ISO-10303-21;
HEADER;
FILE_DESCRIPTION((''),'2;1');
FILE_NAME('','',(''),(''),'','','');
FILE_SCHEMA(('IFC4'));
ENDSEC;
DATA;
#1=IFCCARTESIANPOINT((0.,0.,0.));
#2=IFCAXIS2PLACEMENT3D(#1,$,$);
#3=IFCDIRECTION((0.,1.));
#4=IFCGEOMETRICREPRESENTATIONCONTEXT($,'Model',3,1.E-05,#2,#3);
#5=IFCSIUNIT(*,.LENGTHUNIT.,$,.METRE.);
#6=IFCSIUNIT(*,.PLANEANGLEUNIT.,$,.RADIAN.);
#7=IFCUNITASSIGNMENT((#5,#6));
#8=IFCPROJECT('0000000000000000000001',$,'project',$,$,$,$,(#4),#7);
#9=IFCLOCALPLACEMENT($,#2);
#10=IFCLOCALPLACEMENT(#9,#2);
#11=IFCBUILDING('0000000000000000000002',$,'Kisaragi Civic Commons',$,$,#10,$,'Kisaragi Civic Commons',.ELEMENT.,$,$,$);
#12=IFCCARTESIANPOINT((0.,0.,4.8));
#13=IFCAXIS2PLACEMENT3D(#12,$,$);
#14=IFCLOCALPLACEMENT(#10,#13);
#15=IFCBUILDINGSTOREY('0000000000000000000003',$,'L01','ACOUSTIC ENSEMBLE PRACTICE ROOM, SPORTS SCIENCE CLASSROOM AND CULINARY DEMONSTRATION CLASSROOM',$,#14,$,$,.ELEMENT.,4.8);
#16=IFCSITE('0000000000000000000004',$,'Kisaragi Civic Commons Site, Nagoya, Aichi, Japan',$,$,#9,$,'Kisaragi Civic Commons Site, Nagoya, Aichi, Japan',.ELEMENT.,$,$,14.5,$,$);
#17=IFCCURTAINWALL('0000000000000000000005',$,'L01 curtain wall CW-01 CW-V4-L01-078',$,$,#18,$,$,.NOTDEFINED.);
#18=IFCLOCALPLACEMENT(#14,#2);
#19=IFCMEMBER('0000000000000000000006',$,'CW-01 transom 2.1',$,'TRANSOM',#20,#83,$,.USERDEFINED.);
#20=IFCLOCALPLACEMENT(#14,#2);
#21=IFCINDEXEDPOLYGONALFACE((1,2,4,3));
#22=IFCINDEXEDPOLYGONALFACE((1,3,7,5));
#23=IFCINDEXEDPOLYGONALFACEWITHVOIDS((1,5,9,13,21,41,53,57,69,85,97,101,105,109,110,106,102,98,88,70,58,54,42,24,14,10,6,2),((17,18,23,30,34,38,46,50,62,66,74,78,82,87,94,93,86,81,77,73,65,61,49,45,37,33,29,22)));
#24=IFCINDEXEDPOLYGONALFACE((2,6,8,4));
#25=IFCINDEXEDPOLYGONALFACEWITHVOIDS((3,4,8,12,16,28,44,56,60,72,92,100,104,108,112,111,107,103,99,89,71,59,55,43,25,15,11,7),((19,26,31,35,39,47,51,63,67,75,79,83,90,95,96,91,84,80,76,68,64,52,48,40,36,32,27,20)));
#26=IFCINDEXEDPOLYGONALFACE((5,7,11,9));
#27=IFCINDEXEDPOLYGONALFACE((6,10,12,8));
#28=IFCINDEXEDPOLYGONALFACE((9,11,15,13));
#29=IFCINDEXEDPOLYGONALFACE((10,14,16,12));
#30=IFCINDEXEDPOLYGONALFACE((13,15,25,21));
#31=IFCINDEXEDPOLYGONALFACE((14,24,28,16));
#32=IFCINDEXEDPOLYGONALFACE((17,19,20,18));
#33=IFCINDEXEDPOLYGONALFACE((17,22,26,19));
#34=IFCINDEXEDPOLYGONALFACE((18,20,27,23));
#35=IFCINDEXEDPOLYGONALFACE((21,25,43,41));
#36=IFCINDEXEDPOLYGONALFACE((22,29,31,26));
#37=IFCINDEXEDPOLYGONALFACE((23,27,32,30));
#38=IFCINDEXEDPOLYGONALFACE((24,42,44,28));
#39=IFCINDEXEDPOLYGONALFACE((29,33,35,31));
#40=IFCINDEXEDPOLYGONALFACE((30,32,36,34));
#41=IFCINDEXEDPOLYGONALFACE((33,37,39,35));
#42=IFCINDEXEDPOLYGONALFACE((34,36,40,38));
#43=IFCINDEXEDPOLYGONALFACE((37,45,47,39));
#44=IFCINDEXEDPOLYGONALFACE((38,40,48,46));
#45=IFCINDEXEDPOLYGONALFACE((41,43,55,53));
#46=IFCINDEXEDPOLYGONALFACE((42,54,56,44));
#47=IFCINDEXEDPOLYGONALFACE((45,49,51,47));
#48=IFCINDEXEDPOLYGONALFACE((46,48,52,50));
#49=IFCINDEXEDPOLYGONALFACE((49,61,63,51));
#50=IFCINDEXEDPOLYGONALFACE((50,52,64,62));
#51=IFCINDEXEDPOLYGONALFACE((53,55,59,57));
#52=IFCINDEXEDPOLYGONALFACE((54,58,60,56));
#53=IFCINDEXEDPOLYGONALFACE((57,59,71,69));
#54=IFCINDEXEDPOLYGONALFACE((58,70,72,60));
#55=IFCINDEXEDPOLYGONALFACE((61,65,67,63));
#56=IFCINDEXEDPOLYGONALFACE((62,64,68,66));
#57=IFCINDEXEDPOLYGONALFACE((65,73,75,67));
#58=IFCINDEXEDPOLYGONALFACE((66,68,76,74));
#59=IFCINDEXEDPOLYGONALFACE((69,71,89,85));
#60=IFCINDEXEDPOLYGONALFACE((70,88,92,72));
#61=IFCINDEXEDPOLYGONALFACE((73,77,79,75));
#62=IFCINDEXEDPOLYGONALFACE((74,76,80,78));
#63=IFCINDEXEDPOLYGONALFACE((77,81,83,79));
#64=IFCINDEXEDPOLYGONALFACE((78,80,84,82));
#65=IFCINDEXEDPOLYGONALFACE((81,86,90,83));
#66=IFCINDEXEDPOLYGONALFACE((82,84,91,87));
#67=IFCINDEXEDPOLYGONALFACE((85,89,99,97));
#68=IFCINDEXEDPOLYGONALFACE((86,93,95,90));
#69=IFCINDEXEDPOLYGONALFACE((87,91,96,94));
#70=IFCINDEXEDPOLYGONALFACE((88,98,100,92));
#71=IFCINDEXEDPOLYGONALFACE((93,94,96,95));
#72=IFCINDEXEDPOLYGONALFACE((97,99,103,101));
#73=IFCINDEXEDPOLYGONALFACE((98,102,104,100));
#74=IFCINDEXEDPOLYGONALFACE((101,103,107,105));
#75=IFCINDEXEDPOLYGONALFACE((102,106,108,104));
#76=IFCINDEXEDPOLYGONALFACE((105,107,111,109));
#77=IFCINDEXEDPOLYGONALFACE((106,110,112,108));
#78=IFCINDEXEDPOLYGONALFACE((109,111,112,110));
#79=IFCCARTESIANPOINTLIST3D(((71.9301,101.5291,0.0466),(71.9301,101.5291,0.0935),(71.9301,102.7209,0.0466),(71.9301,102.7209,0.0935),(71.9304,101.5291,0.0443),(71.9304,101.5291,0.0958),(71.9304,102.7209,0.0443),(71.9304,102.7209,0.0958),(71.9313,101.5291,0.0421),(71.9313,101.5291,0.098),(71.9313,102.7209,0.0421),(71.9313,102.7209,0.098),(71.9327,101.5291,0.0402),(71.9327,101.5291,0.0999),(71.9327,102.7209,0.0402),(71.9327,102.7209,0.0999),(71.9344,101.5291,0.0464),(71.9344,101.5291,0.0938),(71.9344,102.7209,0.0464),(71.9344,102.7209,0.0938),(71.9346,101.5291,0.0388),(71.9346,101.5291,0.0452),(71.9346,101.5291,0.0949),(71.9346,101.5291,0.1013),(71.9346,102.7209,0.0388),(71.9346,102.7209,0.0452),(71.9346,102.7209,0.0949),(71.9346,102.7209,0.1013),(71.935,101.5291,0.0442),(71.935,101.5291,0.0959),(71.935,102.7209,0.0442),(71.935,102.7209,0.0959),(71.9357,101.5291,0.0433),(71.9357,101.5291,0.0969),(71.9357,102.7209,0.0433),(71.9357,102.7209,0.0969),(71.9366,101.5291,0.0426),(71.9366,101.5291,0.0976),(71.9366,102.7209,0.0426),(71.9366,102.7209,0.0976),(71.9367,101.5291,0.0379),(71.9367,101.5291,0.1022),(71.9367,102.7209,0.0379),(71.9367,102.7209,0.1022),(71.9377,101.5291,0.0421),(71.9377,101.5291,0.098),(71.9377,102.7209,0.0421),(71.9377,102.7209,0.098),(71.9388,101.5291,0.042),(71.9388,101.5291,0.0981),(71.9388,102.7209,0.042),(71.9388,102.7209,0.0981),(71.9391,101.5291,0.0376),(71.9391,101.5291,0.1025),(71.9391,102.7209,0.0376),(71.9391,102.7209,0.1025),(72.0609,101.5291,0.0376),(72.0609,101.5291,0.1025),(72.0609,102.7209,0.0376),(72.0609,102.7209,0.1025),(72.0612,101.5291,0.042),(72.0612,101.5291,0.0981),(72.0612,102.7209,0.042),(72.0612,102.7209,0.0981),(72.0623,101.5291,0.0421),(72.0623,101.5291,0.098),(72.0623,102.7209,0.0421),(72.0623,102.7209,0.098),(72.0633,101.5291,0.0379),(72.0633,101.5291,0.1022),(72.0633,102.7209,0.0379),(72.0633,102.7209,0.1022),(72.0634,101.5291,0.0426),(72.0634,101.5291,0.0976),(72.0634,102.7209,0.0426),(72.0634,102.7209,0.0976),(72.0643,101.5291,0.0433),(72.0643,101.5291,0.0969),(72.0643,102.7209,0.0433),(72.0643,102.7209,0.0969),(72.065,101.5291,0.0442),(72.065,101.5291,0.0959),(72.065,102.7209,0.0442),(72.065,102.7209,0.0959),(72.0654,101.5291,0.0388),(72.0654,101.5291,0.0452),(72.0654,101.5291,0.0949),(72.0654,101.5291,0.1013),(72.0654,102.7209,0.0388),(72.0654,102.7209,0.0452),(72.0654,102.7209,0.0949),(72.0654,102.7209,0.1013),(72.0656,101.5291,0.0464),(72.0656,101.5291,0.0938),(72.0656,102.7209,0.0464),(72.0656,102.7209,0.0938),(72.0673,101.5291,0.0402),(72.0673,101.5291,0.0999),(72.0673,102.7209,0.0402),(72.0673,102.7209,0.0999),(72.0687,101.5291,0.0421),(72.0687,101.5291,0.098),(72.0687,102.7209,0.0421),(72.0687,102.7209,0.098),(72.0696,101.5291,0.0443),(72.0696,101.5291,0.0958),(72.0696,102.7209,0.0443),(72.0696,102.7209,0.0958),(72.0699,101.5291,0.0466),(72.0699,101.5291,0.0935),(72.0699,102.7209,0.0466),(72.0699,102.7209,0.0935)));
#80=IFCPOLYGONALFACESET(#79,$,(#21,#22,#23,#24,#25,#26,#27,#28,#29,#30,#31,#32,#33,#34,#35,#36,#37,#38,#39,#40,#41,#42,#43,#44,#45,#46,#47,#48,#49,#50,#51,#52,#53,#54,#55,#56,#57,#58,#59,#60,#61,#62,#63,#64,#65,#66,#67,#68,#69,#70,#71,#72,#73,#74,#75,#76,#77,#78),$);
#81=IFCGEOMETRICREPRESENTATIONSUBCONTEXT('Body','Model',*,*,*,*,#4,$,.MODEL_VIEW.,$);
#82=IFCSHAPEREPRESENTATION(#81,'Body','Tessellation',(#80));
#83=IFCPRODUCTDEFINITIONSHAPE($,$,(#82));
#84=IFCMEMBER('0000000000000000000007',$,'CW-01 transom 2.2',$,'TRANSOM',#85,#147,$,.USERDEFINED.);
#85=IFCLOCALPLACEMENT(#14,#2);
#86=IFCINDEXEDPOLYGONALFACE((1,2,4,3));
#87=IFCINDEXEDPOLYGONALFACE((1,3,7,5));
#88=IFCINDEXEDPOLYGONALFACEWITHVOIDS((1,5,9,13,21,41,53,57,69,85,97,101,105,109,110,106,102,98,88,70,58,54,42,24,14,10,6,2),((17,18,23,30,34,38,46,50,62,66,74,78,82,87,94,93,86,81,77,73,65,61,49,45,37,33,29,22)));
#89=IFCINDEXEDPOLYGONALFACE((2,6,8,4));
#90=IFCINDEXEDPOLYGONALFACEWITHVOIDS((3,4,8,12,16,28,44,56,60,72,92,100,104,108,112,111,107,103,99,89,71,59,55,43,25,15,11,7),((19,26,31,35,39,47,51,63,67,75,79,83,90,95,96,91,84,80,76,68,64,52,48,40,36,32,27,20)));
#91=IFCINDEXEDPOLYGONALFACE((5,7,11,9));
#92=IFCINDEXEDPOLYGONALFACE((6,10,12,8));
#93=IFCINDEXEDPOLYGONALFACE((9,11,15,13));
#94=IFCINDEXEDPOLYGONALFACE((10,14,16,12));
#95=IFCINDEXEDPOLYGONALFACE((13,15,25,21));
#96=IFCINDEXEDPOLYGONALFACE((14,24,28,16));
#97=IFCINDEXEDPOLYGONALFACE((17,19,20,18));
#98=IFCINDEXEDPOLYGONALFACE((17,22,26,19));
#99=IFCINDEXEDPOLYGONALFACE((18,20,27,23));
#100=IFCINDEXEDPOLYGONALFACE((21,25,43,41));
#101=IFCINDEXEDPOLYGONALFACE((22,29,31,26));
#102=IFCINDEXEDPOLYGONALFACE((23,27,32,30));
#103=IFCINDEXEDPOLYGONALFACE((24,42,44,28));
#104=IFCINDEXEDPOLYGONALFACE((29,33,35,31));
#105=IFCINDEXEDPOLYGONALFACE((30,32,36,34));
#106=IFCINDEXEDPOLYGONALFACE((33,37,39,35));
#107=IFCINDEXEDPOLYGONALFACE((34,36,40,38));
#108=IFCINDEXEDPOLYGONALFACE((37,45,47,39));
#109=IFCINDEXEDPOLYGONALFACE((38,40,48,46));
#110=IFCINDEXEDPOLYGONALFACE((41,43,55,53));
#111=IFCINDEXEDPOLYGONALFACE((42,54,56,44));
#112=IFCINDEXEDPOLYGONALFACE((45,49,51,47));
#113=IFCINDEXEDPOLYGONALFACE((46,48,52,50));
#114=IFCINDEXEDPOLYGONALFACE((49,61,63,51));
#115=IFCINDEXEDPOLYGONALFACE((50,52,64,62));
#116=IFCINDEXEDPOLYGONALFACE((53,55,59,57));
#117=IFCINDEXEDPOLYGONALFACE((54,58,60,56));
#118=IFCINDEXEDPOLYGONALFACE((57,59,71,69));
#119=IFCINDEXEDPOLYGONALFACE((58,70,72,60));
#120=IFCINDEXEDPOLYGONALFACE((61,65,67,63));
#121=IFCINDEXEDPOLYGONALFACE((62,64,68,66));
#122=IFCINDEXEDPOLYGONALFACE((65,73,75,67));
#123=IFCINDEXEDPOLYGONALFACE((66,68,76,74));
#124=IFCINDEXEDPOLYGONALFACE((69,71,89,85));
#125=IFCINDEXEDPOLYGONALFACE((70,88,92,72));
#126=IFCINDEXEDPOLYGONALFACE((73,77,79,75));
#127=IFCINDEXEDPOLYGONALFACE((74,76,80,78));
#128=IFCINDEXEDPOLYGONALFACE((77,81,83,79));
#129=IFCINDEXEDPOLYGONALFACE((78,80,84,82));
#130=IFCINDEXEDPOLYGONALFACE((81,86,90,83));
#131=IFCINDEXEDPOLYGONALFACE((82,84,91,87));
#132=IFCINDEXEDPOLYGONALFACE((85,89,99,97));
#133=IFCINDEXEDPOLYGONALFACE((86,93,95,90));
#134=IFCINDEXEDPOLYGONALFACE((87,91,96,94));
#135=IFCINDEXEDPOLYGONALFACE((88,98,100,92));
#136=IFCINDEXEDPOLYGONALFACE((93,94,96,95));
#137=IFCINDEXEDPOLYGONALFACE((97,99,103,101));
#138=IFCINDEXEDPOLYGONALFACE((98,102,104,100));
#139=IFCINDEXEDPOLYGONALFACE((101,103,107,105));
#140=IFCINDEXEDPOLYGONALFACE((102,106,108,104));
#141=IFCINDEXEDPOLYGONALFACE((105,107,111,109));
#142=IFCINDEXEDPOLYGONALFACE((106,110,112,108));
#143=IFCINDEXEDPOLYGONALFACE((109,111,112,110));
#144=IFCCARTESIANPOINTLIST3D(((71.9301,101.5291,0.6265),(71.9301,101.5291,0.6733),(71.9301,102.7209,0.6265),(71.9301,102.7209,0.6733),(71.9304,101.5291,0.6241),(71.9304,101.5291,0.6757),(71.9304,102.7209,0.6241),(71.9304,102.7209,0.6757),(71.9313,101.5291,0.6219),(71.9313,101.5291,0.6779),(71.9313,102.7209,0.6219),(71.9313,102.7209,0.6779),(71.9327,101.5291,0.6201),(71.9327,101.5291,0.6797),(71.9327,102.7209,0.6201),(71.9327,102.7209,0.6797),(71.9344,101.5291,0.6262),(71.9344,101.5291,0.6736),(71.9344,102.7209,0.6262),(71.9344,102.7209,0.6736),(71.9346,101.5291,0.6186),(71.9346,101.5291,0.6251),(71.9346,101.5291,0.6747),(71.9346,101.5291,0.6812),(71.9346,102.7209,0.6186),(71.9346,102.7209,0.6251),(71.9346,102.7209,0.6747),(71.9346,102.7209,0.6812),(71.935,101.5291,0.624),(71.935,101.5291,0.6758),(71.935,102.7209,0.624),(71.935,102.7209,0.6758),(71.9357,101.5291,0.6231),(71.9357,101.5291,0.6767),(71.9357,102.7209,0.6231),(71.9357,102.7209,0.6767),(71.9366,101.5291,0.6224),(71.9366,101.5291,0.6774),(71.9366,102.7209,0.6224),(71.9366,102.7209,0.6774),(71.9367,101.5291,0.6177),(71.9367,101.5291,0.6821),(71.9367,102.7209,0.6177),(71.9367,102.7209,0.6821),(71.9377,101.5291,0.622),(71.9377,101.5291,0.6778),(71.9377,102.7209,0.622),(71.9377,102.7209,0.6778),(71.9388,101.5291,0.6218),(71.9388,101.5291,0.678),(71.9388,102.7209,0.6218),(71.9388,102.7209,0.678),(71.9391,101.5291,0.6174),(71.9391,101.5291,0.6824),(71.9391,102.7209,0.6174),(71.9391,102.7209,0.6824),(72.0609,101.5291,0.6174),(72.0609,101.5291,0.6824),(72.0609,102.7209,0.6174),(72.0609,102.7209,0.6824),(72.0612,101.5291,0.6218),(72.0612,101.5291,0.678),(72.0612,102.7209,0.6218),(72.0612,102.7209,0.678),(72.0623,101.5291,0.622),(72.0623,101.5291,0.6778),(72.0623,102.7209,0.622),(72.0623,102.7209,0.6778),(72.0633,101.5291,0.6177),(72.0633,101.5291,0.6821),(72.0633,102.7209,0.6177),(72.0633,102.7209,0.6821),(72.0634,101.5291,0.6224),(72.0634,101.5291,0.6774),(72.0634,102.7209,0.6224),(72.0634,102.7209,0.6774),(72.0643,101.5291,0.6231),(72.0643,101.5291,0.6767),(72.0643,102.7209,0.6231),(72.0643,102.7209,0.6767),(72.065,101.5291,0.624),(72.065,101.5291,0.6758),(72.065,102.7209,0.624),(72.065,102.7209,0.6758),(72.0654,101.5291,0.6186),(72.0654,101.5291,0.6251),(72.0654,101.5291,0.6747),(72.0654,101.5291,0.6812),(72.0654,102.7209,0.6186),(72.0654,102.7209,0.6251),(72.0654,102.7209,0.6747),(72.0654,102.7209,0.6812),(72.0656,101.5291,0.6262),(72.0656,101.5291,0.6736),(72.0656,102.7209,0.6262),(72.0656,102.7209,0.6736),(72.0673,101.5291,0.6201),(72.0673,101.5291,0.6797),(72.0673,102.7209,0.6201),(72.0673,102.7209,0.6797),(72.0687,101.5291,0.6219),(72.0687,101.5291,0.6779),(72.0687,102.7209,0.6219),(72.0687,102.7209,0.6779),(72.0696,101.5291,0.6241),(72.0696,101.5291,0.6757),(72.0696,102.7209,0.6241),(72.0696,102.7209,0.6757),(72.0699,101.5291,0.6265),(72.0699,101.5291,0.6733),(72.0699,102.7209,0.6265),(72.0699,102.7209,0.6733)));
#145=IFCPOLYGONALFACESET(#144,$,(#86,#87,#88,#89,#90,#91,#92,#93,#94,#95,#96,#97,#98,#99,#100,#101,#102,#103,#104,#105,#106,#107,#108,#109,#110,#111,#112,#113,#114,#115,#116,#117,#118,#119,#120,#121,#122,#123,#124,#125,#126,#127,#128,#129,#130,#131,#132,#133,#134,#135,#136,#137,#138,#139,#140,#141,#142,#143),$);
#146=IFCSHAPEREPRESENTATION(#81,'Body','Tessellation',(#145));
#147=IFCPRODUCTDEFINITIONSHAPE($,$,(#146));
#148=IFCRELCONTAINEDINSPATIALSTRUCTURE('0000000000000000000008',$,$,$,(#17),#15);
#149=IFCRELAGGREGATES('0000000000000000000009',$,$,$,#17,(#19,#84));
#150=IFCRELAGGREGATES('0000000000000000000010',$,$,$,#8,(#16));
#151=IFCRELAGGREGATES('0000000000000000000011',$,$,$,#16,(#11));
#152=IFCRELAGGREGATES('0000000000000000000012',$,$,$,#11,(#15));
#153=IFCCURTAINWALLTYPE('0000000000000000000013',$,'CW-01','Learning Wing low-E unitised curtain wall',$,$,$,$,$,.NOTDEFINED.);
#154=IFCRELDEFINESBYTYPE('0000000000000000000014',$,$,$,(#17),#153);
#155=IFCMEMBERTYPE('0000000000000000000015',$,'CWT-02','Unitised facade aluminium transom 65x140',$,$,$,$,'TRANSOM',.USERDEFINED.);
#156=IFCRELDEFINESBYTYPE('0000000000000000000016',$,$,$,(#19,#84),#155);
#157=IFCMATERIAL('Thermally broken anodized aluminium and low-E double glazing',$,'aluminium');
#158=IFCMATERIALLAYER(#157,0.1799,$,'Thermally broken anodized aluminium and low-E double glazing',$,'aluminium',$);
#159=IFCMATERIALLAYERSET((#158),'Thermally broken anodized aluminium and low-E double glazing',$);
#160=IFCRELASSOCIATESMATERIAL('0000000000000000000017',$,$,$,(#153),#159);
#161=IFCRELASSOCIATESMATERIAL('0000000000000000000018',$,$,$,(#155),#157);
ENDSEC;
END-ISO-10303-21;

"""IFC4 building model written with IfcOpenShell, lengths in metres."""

from ifc_helpers import new_model, si_unit, direction, frame, origin, origin_2d, place, context, subcontext, project, spatial, hollow_rectangle, extrude, material, layer, layer_set, material_profile, profile_set, type_object, element, aggregate, save


model = new_model("IFC4")

# Units and contexts
model_context = context("Model", 3, precision=1e-05, world=origin(), true_north=direction((0.0, 1.0)))
body_context = subcontext(model_context, "Body", "Model", "MODEL_VIEW")
ifc_project = project(units=[si_unit("LENGTHUNIT", "METRE"), si_unit("PLANEANGLEUNIT", "RADIAN")], contexts=[model_context])

# Site, building, storey
site_placement = place(None, origin())
site = spatial("IfcSite", under=ifc_project, at=site_placement, Name="Kisaragi Civic Commons Site, Nagoya, Aichi, Japan", LongName="Kisaragi Civic Commons Site, Nagoya, Aichi, Japan", CompositionType="ELEMENT", RefElevation=14.5)
building_placement = place(site_placement, origin())
building = spatial("IfcBuilding", under=site, at=building_placement, Name="Kisaragi Civic Commons", LongName="Kisaragi Civic Commons", CompositionType="ELEMENT")
storey_placement = place(building_placement, frame((0.0, 0.0, 4.8)))
storey = spatial("IfcBuildingStorey", under=building, at=storey_placement, Name="L01", Description="ACOUSTIC ENSEMBLE PRACTICE ROOM, SPORTS SCIENCE CLASSROOM AND CULINARY DEMONSTRATION CLASSROOM", CompositionType="ELEMENT", Elevation=4.8)

# Curtain wall, members
ifc_material_1 = material(Name="Thermally broken anodized aluminium and low-E double glazing", Category="aluminium")
ifc_layer_1 = layer(ifc_material_1, 0.1799, Name="Thermally broken anodized aluminium and low-E double glazing", Category="aluminium")
ifc_layer_set_1 = layer_set([ifc_layer_1], Name="Thermally broken anodized aluminium and low-E double glazing")
curtain_wall_type = type_object("IfcCurtainWallType", Name="CW-01", Description="Learning Wing low-E unitised curtain wall", PredefinedType="NOTDEFINED", material=ifc_layer_set_1)
curtain_wall_placement = place(storey_placement, origin())
curtain_wall = element("IfcCurtainWall", 1, at=curtain_wall_placement, inside=storey, type_object=curtain_wall_type, Name="L01 curtain wall CW-01 CW-V4-L01-078", PredefinedType="NOTDEFINED")
ifc_material_profile_1 = material_profile(ifc_material_1, hollow_rectangle(XDim=0.1399, YDim=0.0649, WallThickness=0.0044, InnerFilletRadius=0.0044, OuterFilletRadius=0.009, at=origin_2d()), Name="CWT-65x140x4.5", Category="aluminium")
ifc_profile_set_1 = profile_set([ifc_material_profile_1], Name="Thermally broken anodized aluminium and low-E double glazing")
member_type_1 = type_object("IfcMemberType", Name="CWT-02", Description="Unitised facade aluminium transom 65x140", ElementType="TRANSOM", PredefinedType="USERDEFINED", material=ifc_profile_set_1)
member_1_placement = place(storey_placement, frame((72.0, 101.5291, 0.0701), z_axis=(0.0, 1.0, 0.0), x_axis=(-1.0, 0.0, 0.0)))
member_1 = element("IfcMember", 2, at=member_1_placement, type_object=member_type_1, Name="CW-01 transom 2.1", ObjectType="TRANSOM", PredefinedType="USERDEFINED", context=body_context, shape_type="SweptSolid", body=[
    extrude(hollow_rectangle(XDim=0.1399, YDim=0.0649, WallThickness=0.0044, InnerFilletRadius=0.0044, OuterFilletRadius=0.009, at=origin_2d()), origin(), (0.0, 0.0, 1.0), 1.1919),
])
member_2_placement = place(storey_placement, frame((72.0, 101.5291, 0.6499), z_axis=(0.0, 1.0, 0.0), x_axis=(-1.0, 0.0, 0.0)))
member_2 = element("IfcMember", 3, at=member_2_placement, type_object=member_type_1, Name="CW-01 transom 2.2", ObjectType="TRANSOM", PredefinedType="USERDEFINED", context=body_context, shape_type="SweptSolid", body=[
    extrude(hollow_rectangle(XDim=0.1399, YDim=0.0649, WallThickness=0.0044, InnerFilletRadius=0.0044, OuterFilletRadius=0.009, at=origin_2d()), origin(), (0.0, 0.0, 1.0), 1.1919),
])

aggregate(curtain_wall, [member_1, member_2])

save(model, "model.ifc")
